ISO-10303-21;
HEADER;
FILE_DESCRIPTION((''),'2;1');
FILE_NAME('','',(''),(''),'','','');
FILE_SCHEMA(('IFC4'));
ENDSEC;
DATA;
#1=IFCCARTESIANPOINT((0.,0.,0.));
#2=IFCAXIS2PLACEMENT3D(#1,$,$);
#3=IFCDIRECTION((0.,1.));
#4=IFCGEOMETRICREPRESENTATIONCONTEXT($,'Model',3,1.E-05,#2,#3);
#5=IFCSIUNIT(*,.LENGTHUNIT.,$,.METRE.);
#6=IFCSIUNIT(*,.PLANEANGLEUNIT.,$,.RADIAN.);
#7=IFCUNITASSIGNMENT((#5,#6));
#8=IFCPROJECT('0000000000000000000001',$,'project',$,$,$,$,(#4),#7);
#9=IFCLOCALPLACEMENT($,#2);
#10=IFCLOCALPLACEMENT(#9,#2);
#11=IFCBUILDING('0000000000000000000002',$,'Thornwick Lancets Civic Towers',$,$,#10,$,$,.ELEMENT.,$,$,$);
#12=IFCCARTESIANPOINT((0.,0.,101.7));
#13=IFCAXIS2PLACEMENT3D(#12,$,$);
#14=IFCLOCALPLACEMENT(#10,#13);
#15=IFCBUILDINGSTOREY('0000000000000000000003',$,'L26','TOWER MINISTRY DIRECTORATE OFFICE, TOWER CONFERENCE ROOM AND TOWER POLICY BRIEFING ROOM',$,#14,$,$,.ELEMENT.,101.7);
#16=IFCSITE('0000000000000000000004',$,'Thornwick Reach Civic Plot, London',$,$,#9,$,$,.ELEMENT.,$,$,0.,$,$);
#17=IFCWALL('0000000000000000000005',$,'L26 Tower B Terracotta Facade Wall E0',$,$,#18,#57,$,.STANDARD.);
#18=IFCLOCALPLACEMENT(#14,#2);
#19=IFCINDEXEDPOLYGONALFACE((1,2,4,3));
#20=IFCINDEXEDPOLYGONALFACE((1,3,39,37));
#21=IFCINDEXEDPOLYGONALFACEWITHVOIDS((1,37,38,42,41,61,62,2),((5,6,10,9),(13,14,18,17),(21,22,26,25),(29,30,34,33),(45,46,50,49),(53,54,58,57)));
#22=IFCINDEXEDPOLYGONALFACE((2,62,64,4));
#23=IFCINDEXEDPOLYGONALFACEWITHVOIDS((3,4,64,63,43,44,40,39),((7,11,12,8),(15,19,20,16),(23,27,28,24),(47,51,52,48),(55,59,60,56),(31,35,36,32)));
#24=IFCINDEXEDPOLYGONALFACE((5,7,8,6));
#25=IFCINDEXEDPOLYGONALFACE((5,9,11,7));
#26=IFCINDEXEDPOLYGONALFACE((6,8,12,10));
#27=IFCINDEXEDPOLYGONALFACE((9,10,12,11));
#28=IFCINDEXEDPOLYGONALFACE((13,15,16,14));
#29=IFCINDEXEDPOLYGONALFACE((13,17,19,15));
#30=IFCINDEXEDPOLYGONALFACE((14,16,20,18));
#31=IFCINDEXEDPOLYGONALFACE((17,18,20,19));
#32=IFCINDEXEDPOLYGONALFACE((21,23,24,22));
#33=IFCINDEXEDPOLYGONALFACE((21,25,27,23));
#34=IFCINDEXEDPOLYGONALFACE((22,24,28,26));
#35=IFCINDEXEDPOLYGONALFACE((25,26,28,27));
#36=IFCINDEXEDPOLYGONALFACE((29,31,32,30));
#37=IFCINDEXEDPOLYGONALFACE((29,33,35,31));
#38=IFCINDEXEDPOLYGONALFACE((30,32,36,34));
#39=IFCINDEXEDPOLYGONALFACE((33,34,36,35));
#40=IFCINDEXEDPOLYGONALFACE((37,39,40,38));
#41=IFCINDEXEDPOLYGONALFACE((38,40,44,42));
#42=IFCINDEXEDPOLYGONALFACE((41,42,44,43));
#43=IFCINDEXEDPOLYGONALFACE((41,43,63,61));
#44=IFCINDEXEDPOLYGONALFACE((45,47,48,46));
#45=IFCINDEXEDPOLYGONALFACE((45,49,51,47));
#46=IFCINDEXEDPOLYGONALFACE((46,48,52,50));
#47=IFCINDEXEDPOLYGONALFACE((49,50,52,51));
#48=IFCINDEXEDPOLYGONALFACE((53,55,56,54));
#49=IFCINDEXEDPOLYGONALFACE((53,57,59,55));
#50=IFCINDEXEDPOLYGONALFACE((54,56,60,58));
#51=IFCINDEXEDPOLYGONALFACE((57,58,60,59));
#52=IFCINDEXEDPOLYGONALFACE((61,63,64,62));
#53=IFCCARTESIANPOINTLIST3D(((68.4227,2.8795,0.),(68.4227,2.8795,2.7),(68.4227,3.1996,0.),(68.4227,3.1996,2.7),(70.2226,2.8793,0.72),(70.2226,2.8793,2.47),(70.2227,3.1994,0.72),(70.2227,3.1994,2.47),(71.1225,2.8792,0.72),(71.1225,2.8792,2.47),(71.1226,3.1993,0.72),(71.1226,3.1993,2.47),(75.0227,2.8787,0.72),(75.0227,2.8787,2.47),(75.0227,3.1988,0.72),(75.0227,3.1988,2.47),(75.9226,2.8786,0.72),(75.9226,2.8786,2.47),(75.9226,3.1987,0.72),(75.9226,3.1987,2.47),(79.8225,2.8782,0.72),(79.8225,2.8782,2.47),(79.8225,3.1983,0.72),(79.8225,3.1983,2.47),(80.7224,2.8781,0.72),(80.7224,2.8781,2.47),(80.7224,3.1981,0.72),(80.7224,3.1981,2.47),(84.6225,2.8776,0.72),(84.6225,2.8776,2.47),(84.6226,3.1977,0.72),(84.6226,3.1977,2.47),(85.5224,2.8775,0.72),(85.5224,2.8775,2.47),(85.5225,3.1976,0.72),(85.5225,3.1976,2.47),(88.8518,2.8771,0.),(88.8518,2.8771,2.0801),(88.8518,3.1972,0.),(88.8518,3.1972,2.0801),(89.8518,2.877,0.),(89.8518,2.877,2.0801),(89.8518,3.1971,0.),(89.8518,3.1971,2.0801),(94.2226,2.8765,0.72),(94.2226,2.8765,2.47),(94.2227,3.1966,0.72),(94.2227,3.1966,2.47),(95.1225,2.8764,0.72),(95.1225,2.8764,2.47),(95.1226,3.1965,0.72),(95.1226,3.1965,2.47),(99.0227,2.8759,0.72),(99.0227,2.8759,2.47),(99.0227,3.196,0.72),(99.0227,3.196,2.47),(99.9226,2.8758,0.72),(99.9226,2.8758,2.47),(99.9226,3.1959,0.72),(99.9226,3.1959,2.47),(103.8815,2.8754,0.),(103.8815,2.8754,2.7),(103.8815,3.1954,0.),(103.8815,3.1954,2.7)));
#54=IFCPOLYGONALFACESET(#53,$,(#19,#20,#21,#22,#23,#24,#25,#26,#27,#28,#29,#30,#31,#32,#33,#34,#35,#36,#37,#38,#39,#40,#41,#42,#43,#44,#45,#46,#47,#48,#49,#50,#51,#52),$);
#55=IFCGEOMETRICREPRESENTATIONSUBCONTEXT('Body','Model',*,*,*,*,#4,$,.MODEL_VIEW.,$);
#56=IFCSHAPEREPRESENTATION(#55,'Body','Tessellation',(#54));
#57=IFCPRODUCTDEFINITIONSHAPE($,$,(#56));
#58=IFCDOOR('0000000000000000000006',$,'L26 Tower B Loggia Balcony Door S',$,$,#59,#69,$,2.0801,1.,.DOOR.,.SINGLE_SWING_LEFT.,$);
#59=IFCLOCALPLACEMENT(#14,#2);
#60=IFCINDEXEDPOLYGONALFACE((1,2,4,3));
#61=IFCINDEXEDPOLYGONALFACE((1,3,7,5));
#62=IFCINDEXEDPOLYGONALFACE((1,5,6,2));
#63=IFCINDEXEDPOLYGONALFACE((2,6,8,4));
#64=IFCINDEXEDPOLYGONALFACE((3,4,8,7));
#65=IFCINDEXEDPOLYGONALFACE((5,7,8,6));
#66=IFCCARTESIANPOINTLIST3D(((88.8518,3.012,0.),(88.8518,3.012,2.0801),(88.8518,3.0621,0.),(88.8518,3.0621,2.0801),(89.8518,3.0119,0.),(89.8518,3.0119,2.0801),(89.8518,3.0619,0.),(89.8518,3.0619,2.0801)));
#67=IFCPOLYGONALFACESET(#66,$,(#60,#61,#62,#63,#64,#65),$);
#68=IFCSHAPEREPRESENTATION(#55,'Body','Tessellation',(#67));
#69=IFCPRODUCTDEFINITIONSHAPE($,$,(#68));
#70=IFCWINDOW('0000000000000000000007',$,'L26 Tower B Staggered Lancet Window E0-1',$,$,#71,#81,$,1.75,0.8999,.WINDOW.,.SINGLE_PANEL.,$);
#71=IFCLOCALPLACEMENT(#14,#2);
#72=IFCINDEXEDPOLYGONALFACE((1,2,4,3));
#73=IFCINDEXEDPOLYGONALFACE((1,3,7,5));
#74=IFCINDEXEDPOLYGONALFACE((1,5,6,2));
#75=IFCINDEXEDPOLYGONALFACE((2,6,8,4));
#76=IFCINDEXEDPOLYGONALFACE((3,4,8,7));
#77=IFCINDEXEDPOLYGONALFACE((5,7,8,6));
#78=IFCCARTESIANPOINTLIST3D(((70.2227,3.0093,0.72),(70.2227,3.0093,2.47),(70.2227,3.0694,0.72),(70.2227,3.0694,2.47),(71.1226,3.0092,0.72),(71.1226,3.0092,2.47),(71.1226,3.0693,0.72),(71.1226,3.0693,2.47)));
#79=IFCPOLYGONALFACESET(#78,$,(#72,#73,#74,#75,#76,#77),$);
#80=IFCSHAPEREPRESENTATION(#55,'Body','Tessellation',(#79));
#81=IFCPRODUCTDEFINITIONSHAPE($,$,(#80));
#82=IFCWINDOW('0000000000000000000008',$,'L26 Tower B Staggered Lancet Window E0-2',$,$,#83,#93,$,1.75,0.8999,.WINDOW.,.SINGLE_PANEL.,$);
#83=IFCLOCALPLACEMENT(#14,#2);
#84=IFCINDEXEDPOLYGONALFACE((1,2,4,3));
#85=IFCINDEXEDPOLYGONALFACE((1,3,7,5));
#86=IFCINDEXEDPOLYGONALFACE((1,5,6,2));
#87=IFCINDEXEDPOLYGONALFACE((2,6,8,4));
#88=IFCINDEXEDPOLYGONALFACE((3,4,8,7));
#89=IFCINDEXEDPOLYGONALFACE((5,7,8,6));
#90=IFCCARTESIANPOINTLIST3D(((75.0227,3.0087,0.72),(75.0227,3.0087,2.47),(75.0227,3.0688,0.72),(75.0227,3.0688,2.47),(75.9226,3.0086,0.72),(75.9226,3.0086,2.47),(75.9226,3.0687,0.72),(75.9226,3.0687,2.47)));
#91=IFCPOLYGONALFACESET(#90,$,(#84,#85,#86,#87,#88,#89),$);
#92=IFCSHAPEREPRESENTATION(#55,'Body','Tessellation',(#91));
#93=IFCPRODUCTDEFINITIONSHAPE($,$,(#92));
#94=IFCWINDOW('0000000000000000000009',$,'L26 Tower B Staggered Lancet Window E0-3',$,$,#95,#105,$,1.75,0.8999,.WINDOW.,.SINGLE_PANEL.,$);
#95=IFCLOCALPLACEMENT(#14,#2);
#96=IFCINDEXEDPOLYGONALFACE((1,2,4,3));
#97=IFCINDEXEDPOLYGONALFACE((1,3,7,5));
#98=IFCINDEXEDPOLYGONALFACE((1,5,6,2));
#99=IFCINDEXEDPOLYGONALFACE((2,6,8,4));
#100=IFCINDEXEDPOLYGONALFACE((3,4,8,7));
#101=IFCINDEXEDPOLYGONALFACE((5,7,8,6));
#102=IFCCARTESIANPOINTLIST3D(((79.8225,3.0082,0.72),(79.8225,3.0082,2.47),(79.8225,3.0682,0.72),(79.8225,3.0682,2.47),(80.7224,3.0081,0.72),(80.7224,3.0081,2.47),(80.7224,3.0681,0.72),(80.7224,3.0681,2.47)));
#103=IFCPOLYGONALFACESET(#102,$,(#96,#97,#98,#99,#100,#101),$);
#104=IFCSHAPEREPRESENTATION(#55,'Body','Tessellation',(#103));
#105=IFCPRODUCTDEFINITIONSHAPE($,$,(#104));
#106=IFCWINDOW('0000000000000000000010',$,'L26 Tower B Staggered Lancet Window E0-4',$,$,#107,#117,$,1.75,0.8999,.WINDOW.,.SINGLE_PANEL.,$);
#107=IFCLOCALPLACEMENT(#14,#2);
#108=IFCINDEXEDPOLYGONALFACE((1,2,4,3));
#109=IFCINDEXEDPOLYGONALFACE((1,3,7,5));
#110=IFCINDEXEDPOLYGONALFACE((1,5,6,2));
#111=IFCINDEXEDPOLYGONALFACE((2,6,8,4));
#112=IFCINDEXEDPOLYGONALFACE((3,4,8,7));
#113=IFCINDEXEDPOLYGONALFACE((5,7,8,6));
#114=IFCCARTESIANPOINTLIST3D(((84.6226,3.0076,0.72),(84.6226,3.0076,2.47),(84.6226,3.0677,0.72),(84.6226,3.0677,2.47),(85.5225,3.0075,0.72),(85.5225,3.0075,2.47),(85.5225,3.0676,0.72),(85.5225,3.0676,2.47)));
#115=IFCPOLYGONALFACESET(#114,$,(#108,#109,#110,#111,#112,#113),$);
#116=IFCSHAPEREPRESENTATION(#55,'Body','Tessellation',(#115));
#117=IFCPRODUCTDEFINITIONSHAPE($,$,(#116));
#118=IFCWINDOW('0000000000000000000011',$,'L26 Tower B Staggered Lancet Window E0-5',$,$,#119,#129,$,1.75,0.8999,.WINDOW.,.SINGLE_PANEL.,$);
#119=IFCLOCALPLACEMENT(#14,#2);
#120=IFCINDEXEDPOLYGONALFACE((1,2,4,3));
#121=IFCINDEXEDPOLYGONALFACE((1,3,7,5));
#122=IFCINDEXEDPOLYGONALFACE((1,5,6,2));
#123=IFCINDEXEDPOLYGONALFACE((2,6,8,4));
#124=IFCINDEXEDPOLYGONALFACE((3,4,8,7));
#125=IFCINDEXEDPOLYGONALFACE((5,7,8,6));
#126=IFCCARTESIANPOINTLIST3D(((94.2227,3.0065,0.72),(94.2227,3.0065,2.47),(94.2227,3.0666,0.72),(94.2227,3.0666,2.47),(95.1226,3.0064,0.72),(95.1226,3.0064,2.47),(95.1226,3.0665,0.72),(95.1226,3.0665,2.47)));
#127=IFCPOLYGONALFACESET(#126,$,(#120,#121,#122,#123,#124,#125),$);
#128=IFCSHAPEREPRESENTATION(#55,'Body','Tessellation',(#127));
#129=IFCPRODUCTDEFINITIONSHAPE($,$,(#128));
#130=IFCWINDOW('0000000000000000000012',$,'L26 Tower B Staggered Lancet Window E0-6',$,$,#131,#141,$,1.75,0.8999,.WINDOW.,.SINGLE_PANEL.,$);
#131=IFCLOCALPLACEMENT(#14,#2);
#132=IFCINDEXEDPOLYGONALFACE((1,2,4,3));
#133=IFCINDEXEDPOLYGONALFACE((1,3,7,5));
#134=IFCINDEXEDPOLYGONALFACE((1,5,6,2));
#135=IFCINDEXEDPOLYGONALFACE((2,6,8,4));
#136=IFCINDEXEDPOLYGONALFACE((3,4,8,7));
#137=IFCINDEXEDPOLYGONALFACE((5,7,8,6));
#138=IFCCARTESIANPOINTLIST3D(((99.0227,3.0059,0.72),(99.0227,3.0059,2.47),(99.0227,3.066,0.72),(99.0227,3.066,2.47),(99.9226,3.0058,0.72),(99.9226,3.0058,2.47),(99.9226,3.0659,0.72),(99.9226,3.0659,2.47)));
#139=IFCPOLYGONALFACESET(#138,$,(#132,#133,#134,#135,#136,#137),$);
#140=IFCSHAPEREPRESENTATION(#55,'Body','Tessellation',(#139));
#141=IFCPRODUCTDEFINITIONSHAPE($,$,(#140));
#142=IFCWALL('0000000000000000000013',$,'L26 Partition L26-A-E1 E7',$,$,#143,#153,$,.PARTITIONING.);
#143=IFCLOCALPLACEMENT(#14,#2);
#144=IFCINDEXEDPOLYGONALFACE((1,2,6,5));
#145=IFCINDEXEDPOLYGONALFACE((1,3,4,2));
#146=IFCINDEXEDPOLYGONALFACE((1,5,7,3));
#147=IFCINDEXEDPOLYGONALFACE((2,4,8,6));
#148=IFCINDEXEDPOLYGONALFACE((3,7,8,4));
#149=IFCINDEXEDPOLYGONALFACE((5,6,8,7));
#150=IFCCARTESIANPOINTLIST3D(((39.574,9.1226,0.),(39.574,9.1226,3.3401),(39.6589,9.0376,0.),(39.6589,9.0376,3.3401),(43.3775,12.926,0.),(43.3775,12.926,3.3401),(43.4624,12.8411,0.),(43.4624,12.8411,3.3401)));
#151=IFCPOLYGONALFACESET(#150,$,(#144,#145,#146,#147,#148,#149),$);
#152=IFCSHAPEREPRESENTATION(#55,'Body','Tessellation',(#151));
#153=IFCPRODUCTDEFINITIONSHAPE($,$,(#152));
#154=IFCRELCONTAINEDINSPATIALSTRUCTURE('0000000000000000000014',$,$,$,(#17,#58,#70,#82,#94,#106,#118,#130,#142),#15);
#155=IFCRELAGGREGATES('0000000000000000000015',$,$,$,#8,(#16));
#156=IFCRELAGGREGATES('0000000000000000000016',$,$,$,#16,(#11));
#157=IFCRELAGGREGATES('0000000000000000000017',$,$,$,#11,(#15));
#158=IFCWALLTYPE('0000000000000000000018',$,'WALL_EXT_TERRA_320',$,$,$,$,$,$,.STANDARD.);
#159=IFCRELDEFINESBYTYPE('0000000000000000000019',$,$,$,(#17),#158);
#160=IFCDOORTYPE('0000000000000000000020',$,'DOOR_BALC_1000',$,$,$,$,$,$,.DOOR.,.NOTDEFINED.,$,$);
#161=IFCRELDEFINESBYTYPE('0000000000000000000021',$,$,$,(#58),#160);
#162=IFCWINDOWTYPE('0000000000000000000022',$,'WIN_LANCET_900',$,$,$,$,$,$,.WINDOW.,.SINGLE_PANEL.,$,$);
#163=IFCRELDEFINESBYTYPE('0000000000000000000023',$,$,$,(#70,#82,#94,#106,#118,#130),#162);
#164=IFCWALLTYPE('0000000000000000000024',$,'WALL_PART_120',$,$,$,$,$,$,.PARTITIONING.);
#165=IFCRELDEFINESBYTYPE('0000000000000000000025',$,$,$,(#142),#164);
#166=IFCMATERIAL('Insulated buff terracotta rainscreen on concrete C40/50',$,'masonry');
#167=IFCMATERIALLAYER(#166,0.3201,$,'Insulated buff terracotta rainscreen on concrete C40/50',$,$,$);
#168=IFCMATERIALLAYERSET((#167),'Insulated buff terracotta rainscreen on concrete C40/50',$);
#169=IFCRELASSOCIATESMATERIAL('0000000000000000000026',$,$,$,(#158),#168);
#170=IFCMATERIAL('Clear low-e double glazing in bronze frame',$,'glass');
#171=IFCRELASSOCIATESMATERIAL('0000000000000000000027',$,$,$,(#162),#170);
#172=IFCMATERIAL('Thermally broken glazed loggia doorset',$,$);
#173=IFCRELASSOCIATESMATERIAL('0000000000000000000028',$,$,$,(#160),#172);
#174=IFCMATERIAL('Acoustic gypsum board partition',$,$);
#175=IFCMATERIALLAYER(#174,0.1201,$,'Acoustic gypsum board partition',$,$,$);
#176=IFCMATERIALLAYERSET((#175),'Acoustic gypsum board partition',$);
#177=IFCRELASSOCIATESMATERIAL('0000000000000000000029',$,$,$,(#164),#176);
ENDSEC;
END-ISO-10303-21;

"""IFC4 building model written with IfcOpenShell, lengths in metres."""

from ifc_helpers import new_model, si_unit, direction, frame, frame_2d, origin, place, context, subcontext, project, spatial, rectangle, extrude, material, layer, layer_set, type_object, element, fill, save


model = new_model("IFC4")

# Units and contexts
model_context = context("Model", 3, precision=1e-05, world=origin(), true_north=direction((0.0, 1.0)))
body_context = subcontext(model_context, "Body", "Model", "MODEL_VIEW")
ifc_project = project(units=[si_unit("LENGTHUNIT", "METRE"), si_unit("PLANEANGLEUNIT", "RADIAN")], contexts=[model_context])

# Site, building, storey
site_placement = place(None, origin())
site = spatial("IfcSite", under=ifc_project, at=site_placement, Name="Thornwick Reach Civic Plot, London", CompositionType="ELEMENT", RefElevation=0.0)
building_placement = place(site_placement, origin())
building = spatial("IfcBuilding", under=site, at=building_placement, Name="Thornwick Lancets Civic Towers", CompositionType="ELEMENT")
storey_placement = place(building_placement, frame((0.0, 0.0, 101.7)))
storey = spatial("IfcBuildingStorey", under=building, at=storey_placement, Name="L26", Description="TOWER MINISTRY DIRECTORATE OFFICE, TOWER CONFERENCE ROOM AND TOWER POLICY BRIEFING ROOM", CompositionType="ELEMENT", Elevation=101.7)

# Shared definitions
ifc_material_1 = material(Name="Insulated buff terracotta rainscreen on concrete C40/50", Category="masonry")
ifc_layer_1 = layer(ifc_material_1, 0.3201, Name="Insulated buff terracotta rainscreen on concrete C40/50")
ifc_layer_set_1 = layer_set([ifc_layer_1], Name="Insulated buff terracotta rainscreen on concrete C40/50")
wall_type_1 = type_object("IfcWallType", Name="WALL_EXT_TERRA_320", PredefinedType="STANDARD", material=ifc_layer_set_1)
ifc_material_2 = material(Name="Clear low-e double glazing in bronze frame", Category="glass")
window_type = type_object("IfcWindowType", Name="WIN_LANCET_900", PartitioningType="SINGLE_PANEL", PredefinedType="WINDOW", material=ifc_material_2)

# Wall, openings, door, windows
wall_1_placement = place(storey_placement, frame((68.4226, 3.0396, 0.0), z_axis=(0.0, 0.0, 1.0), x_axis=(1.0, -0.000117, 0.0)))
wall_1 = element("IfcWall", 1, at=wall_1_placement, inside=storey, type_object=wall_type_1, Name="L26 Tower B Terracotta Facade Wall E0", PredefinedType="STANDARD", context=body_context, shape_type="SweptSolid", body=[
    extrude(rectangle(XDim=35.4587, YDim=0.3201, at=frame_2d((17.7295, 0.0))), origin(), (0.0, 0.0, 1.0), 2.7),
])
opening_1_placement = place(wall_1_placement, frame((20.4292, 0.0, 0.0)))
opening_1 = element("IfcOpeningElement", 2, at=opening_1_placement, cuts=wall_1, PredefinedType="OPENING", context=body_context, shape_type="SweptSolid", body=[
    extrude(rectangle(XDim=1.0, YDim=2.0801, at=frame_2d((0.5, 1.04))), frame((0.0, 0.1699, 0.0), z_axis=(0.0, -1.0, 0.0), x_axis=(1.0, 0.0, 0.0)), (0.0, 0.0, 1.0), 0.3401),
])
opening_2_placement = place(wall_1_placement, frame((1.8, 0.0, 0.72)))
opening_2 = element("IfcOpeningElement", 3, at=opening_2_placement, cuts=wall_1, PredefinedType="OPENING", context=body_context, shape_type="SweptSolid", body=[
    extrude(rectangle(XDim=0.8999, YDim=1.75, at=frame_2d((0.45, 0.875))), frame((0.0, 0.1699, 0.0), z_axis=(0.0, -1.0, 0.0), x_axis=(1.0, 0.0, 0.0)), (0.0, 0.0, 1.0), 0.3401),
])
opening_3_placement = place(wall_1_placement, frame((6.6001, 0.0, 0.72)))
opening_3 = element("IfcOpeningElement", 4, at=opening_3_placement, cuts=wall_1, PredefinedType="OPENING", context=body_context, shape_type="SweptSolid", body=[
    extrude(rectangle(XDim=0.8999, YDim=1.75, at=frame_2d((0.45, 0.875))), frame((0.0, 0.1699, 0.0), z_axis=(0.0, -1.0, 0.0), x_axis=(1.0, 0.0, 0.0)), (0.0, 0.0, 1.0), 0.3401),
])
opening_4_placement = place(wall_1_placement, frame((11.3999, 0.0, 0.72)))
opening_4 = element("IfcOpeningElement", 5, at=opening_4_placement, cuts=wall_1, PredefinedType="OPENING", context=body_context, shape_type="SweptSolid", body=[
    extrude(rectangle(XDim=0.8999, YDim=1.75, at=frame_2d((0.45, 0.875))), frame((0.0, 0.1699, 0.0), z_axis=(0.0, -1.0, 0.0), x_axis=(1.0, 0.0, 0.0)), (0.0, 0.0, 1.0), 0.3401),
])
opening_5_placement = place(wall_1_placement, frame((16.2, 0.0, 0.72)))
opening_5 = element("IfcOpeningElement", 6, at=opening_5_placement, cuts=wall_1, PredefinedType="OPENING", context=body_context, shape_type="SweptSolid", body=[
    extrude(rectangle(XDim=0.8999, YDim=1.75, at=frame_2d((0.45, 0.875))), frame((0.0, 0.1699, 0.0), z_axis=(0.0, -1.0, 0.0), x_axis=(1.0, 0.0, 0.0)), (0.0, 0.0, 1.0), 0.3401),
])
opening_6_placement = place(wall_1_placement, frame((25.8, 0.0, 0.72)))
opening_6 = element("IfcOpeningElement", 7, at=opening_6_placement, cuts=wall_1, PredefinedType="OPENING", context=body_context, shape_type="SweptSolid", body=[
    extrude(rectangle(XDim=0.8999, YDim=1.75, at=frame_2d((0.45, 0.875))), frame((0.0, 0.1699, 0.0), z_axis=(0.0, -1.0, 0.0), x_axis=(1.0, 0.0, 0.0)), (0.0, 0.0, 1.0), 0.3401),
])
opening_7_placement = place(wall_1_placement, frame((30.6001, 0.0, 0.72)))
opening_7 = element("IfcOpeningElement", 8, at=opening_7_placement, cuts=wall_1, PredefinedType="OPENING", context=body_context, shape_type="SweptSolid", body=[
    extrude(rectangle(XDim=0.8999, YDim=1.75, at=frame_2d((0.45, 0.875))), frame((0.0, 0.1699, 0.0), z_axis=(0.0, -1.0, 0.0), x_axis=(1.0, 0.0, 0.0)), (0.0, 0.0, 1.0), 0.3401),
])
ifc_material_3 = material(Name="Thermally broken glazed loggia doorset")
door_type = type_object("IfcDoorType", Name="DOOR_BALC_1000", OperationType="NOTDEFINED", PredefinedType="DOOR", material=ifc_material_3)
door_placement = place(opening_1_placement, origin())
door = element("IfcDoor", 9, at=door_placement, inside=storey, type_object=door_type, Name="L26 Tower B Loggia Balcony Door S", OperationType="SINGLE_SWING_LEFT", OverallHeight=2.0801, OverallWidth=1.0, PredefinedType="DOOR", context=body_context, shape_type="SweptSolid", body=[
    extrude(rectangle(XDim=1.0, YDim=2.0801, at=frame_2d((0.5, 1.04))), frame((0.0, 0.0249, 0.0), z_axis=(0.0, -1.0, 0.0), x_axis=(1.0, 0.0, 0.0)), (0.0, 0.0, 1.0), 0.05),
])
fill(opening_1, door)
window_1_placement = place(opening_2_placement, origin())
window_1 = element("IfcWindow", 10, at=window_1_placement, inside=storey, type_object=window_type, Name="L26 Tower B Staggered Lancet Window E0-1", OverallHeight=1.75, OverallWidth=0.8999, PartitioningType="SINGLE_PANEL", PredefinedType="WINDOW", context=body_context, shape_type="SweptSolid", body=[
    extrude(rectangle(XDim=0.8999, YDim=1.75, at=frame_2d((0.45, 0.875))), frame((0.0, 0.03, 0.0), z_axis=(0.0, -1.0, 0.0), x_axis=(1.0, 0.0, 0.0)), (0.0, 0.0, 1.0), 0.0601),
])
fill(opening_2, window_1)
window_2_placement = place(opening_3_placement, origin())
window_2 = element("IfcWindow", 11, at=window_2_placement, inside=storey, type_object=window_type, Name="L26 Tower B Staggered Lancet Window E0-2", OverallHeight=1.75, OverallWidth=0.8999, PartitioningType="SINGLE_PANEL", PredefinedType="WINDOW", context=body_context, shape_type="SweptSolid", body=[
    extrude(rectangle(XDim=0.8999, YDim=1.75, at=frame_2d((0.45, 0.875))), frame((0.0, 0.03, 0.0), z_axis=(0.0, -1.0, 0.0), x_axis=(1.0, 0.0, 0.0)), (0.0, 0.0, 1.0), 0.0601),
])
fill(opening_3, window_2)
window_3_placement = place(opening_4_placement, origin())
window_3 = element("IfcWindow", 12, at=window_3_placement, inside=storey, type_object=window_type, Name="L26 Tower B Staggered Lancet Window E0-3", OverallHeight=1.75, OverallWidth=0.8999, PartitioningType="SINGLE_PANEL", PredefinedType="WINDOW", context=body_context, shape_type="SweptSolid", body=[
    extrude(rectangle(XDim=0.8999, YDim=1.75, at=frame_2d((0.45, 0.875))), frame((0.0, 0.03, 0.0), z_axis=(0.0, -1.0, 0.0), x_axis=(1.0, 0.0, 0.0)), (0.0, 0.0, 1.0), 0.0601),
])
fill(opening_4, window_3)
window_4_placement = place(opening_5_placement, origin())
window_4 = element("IfcWindow", 13, at=window_4_placement, inside=storey, type_object=window_type, Name="L26 Tower B Staggered Lancet Window E0-4", OverallHeight=1.75, OverallWidth=0.8999, PartitioningType="SINGLE_PANEL", PredefinedType="WINDOW", context=body_context, shape_type="SweptSolid", body=[
    extrude(rectangle(XDim=0.8999, YDim=1.75, at=frame_2d((0.45, 0.875))), frame((0.0, 0.03, 0.0), z_axis=(0.0, -1.0, 0.0), x_axis=(1.0, 0.0, 0.0)), (0.0, 0.0, 1.0), 0.0601),
])
fill(opening_5, window_4)
window_5_placement = place(opening_6_placement, origin())
window_5 = element("IfcWindow", 14, at=window_5_placement, inside=storey, type_object=window_type, Name="L26 Tower B Staggered Lancet Window E0-5", OverallHeight=1.75, OverallWidth=0.8999, PartitioningType="SINGLE_PANEL", PredefinedType="WINDOW", context=body_context, shape_type="SweptSolid", body=[
    extrude(rectangle(XDim=0.8999, YDim=1.75, at=frame_2d((0.45, 0.875))), frame((0.0, 0.03, 0.0), z_axis=(0.0, -1.0, 0.0), x_axis=(1.0, 0.0, 0.0)), (0.0, 0.0, 1.0), 0.0601),
])
fill(opening_6, window_5)
window_6_placement = place(opening_7_placement, origin())
window_6 = element("IfcWindow", 15, at=window_6_placement, inside=storey, type_object=window_type, Name="L26 Tower B Staggered Lancet Window E0-6", OverallHeight=1.75, OverallWidth=0.8999, PartitioningType="SINGLE_PANEL", PredefinedType="WINDOW", context=body_context, shape_type="SweptSolid", body=[
    extrude(rectangle(XDim=0.8999, YDim=1.75, at=frame_2d((0.45, 0.875))), frame((0.0, 0.03, 0.0), z_axis=(0.0, -1.0, 0.0), x_axis=(1.0, 0.0, 0.0)), (0.0, 0.0, 1.0), 0.0601),
])
fill(opening_7, window_6)

# Wall
ifc_material_4 = material(Name="Acoustic gypsum board partition")
ifc_layer_2 = layer(ifc_material_4, 0.1201, Name="Acoustic gypsum board partition")
ifc_layer_set_2 = layer_set([ifc_layer_2], Name="Acoustic gypsum board partition")
wall_type_2 = type_object("IfcWallType", Name="WALL_PART_120", PredefinedType="PARTITIONING", material=ifc_layer_set_2)
wall_2_placement = place(storey_placement, frame((43.4199, 12.8835, 0.0), z_axis=(0.0, 0.0, 1.0), x_axis=(-0.707107, -0.707107, 0.0)))
element("IfcWall", 16, at=wall_2_placement, inside=storey, type_object=wall_type_2, Name="L26 Partition L26-A-E1 E7", PredefinedType="PARTITIONING", context=body_context, shape_type="SweptSolid", body=[
    extrude(rectangle(XDim=5.3789, YDim=0.1201, at=frame_2d((2.6895, 0.0))), origin(), (0.0, 0.0, 1.0), 3.3401),
])

save(model, "model.ifc")
